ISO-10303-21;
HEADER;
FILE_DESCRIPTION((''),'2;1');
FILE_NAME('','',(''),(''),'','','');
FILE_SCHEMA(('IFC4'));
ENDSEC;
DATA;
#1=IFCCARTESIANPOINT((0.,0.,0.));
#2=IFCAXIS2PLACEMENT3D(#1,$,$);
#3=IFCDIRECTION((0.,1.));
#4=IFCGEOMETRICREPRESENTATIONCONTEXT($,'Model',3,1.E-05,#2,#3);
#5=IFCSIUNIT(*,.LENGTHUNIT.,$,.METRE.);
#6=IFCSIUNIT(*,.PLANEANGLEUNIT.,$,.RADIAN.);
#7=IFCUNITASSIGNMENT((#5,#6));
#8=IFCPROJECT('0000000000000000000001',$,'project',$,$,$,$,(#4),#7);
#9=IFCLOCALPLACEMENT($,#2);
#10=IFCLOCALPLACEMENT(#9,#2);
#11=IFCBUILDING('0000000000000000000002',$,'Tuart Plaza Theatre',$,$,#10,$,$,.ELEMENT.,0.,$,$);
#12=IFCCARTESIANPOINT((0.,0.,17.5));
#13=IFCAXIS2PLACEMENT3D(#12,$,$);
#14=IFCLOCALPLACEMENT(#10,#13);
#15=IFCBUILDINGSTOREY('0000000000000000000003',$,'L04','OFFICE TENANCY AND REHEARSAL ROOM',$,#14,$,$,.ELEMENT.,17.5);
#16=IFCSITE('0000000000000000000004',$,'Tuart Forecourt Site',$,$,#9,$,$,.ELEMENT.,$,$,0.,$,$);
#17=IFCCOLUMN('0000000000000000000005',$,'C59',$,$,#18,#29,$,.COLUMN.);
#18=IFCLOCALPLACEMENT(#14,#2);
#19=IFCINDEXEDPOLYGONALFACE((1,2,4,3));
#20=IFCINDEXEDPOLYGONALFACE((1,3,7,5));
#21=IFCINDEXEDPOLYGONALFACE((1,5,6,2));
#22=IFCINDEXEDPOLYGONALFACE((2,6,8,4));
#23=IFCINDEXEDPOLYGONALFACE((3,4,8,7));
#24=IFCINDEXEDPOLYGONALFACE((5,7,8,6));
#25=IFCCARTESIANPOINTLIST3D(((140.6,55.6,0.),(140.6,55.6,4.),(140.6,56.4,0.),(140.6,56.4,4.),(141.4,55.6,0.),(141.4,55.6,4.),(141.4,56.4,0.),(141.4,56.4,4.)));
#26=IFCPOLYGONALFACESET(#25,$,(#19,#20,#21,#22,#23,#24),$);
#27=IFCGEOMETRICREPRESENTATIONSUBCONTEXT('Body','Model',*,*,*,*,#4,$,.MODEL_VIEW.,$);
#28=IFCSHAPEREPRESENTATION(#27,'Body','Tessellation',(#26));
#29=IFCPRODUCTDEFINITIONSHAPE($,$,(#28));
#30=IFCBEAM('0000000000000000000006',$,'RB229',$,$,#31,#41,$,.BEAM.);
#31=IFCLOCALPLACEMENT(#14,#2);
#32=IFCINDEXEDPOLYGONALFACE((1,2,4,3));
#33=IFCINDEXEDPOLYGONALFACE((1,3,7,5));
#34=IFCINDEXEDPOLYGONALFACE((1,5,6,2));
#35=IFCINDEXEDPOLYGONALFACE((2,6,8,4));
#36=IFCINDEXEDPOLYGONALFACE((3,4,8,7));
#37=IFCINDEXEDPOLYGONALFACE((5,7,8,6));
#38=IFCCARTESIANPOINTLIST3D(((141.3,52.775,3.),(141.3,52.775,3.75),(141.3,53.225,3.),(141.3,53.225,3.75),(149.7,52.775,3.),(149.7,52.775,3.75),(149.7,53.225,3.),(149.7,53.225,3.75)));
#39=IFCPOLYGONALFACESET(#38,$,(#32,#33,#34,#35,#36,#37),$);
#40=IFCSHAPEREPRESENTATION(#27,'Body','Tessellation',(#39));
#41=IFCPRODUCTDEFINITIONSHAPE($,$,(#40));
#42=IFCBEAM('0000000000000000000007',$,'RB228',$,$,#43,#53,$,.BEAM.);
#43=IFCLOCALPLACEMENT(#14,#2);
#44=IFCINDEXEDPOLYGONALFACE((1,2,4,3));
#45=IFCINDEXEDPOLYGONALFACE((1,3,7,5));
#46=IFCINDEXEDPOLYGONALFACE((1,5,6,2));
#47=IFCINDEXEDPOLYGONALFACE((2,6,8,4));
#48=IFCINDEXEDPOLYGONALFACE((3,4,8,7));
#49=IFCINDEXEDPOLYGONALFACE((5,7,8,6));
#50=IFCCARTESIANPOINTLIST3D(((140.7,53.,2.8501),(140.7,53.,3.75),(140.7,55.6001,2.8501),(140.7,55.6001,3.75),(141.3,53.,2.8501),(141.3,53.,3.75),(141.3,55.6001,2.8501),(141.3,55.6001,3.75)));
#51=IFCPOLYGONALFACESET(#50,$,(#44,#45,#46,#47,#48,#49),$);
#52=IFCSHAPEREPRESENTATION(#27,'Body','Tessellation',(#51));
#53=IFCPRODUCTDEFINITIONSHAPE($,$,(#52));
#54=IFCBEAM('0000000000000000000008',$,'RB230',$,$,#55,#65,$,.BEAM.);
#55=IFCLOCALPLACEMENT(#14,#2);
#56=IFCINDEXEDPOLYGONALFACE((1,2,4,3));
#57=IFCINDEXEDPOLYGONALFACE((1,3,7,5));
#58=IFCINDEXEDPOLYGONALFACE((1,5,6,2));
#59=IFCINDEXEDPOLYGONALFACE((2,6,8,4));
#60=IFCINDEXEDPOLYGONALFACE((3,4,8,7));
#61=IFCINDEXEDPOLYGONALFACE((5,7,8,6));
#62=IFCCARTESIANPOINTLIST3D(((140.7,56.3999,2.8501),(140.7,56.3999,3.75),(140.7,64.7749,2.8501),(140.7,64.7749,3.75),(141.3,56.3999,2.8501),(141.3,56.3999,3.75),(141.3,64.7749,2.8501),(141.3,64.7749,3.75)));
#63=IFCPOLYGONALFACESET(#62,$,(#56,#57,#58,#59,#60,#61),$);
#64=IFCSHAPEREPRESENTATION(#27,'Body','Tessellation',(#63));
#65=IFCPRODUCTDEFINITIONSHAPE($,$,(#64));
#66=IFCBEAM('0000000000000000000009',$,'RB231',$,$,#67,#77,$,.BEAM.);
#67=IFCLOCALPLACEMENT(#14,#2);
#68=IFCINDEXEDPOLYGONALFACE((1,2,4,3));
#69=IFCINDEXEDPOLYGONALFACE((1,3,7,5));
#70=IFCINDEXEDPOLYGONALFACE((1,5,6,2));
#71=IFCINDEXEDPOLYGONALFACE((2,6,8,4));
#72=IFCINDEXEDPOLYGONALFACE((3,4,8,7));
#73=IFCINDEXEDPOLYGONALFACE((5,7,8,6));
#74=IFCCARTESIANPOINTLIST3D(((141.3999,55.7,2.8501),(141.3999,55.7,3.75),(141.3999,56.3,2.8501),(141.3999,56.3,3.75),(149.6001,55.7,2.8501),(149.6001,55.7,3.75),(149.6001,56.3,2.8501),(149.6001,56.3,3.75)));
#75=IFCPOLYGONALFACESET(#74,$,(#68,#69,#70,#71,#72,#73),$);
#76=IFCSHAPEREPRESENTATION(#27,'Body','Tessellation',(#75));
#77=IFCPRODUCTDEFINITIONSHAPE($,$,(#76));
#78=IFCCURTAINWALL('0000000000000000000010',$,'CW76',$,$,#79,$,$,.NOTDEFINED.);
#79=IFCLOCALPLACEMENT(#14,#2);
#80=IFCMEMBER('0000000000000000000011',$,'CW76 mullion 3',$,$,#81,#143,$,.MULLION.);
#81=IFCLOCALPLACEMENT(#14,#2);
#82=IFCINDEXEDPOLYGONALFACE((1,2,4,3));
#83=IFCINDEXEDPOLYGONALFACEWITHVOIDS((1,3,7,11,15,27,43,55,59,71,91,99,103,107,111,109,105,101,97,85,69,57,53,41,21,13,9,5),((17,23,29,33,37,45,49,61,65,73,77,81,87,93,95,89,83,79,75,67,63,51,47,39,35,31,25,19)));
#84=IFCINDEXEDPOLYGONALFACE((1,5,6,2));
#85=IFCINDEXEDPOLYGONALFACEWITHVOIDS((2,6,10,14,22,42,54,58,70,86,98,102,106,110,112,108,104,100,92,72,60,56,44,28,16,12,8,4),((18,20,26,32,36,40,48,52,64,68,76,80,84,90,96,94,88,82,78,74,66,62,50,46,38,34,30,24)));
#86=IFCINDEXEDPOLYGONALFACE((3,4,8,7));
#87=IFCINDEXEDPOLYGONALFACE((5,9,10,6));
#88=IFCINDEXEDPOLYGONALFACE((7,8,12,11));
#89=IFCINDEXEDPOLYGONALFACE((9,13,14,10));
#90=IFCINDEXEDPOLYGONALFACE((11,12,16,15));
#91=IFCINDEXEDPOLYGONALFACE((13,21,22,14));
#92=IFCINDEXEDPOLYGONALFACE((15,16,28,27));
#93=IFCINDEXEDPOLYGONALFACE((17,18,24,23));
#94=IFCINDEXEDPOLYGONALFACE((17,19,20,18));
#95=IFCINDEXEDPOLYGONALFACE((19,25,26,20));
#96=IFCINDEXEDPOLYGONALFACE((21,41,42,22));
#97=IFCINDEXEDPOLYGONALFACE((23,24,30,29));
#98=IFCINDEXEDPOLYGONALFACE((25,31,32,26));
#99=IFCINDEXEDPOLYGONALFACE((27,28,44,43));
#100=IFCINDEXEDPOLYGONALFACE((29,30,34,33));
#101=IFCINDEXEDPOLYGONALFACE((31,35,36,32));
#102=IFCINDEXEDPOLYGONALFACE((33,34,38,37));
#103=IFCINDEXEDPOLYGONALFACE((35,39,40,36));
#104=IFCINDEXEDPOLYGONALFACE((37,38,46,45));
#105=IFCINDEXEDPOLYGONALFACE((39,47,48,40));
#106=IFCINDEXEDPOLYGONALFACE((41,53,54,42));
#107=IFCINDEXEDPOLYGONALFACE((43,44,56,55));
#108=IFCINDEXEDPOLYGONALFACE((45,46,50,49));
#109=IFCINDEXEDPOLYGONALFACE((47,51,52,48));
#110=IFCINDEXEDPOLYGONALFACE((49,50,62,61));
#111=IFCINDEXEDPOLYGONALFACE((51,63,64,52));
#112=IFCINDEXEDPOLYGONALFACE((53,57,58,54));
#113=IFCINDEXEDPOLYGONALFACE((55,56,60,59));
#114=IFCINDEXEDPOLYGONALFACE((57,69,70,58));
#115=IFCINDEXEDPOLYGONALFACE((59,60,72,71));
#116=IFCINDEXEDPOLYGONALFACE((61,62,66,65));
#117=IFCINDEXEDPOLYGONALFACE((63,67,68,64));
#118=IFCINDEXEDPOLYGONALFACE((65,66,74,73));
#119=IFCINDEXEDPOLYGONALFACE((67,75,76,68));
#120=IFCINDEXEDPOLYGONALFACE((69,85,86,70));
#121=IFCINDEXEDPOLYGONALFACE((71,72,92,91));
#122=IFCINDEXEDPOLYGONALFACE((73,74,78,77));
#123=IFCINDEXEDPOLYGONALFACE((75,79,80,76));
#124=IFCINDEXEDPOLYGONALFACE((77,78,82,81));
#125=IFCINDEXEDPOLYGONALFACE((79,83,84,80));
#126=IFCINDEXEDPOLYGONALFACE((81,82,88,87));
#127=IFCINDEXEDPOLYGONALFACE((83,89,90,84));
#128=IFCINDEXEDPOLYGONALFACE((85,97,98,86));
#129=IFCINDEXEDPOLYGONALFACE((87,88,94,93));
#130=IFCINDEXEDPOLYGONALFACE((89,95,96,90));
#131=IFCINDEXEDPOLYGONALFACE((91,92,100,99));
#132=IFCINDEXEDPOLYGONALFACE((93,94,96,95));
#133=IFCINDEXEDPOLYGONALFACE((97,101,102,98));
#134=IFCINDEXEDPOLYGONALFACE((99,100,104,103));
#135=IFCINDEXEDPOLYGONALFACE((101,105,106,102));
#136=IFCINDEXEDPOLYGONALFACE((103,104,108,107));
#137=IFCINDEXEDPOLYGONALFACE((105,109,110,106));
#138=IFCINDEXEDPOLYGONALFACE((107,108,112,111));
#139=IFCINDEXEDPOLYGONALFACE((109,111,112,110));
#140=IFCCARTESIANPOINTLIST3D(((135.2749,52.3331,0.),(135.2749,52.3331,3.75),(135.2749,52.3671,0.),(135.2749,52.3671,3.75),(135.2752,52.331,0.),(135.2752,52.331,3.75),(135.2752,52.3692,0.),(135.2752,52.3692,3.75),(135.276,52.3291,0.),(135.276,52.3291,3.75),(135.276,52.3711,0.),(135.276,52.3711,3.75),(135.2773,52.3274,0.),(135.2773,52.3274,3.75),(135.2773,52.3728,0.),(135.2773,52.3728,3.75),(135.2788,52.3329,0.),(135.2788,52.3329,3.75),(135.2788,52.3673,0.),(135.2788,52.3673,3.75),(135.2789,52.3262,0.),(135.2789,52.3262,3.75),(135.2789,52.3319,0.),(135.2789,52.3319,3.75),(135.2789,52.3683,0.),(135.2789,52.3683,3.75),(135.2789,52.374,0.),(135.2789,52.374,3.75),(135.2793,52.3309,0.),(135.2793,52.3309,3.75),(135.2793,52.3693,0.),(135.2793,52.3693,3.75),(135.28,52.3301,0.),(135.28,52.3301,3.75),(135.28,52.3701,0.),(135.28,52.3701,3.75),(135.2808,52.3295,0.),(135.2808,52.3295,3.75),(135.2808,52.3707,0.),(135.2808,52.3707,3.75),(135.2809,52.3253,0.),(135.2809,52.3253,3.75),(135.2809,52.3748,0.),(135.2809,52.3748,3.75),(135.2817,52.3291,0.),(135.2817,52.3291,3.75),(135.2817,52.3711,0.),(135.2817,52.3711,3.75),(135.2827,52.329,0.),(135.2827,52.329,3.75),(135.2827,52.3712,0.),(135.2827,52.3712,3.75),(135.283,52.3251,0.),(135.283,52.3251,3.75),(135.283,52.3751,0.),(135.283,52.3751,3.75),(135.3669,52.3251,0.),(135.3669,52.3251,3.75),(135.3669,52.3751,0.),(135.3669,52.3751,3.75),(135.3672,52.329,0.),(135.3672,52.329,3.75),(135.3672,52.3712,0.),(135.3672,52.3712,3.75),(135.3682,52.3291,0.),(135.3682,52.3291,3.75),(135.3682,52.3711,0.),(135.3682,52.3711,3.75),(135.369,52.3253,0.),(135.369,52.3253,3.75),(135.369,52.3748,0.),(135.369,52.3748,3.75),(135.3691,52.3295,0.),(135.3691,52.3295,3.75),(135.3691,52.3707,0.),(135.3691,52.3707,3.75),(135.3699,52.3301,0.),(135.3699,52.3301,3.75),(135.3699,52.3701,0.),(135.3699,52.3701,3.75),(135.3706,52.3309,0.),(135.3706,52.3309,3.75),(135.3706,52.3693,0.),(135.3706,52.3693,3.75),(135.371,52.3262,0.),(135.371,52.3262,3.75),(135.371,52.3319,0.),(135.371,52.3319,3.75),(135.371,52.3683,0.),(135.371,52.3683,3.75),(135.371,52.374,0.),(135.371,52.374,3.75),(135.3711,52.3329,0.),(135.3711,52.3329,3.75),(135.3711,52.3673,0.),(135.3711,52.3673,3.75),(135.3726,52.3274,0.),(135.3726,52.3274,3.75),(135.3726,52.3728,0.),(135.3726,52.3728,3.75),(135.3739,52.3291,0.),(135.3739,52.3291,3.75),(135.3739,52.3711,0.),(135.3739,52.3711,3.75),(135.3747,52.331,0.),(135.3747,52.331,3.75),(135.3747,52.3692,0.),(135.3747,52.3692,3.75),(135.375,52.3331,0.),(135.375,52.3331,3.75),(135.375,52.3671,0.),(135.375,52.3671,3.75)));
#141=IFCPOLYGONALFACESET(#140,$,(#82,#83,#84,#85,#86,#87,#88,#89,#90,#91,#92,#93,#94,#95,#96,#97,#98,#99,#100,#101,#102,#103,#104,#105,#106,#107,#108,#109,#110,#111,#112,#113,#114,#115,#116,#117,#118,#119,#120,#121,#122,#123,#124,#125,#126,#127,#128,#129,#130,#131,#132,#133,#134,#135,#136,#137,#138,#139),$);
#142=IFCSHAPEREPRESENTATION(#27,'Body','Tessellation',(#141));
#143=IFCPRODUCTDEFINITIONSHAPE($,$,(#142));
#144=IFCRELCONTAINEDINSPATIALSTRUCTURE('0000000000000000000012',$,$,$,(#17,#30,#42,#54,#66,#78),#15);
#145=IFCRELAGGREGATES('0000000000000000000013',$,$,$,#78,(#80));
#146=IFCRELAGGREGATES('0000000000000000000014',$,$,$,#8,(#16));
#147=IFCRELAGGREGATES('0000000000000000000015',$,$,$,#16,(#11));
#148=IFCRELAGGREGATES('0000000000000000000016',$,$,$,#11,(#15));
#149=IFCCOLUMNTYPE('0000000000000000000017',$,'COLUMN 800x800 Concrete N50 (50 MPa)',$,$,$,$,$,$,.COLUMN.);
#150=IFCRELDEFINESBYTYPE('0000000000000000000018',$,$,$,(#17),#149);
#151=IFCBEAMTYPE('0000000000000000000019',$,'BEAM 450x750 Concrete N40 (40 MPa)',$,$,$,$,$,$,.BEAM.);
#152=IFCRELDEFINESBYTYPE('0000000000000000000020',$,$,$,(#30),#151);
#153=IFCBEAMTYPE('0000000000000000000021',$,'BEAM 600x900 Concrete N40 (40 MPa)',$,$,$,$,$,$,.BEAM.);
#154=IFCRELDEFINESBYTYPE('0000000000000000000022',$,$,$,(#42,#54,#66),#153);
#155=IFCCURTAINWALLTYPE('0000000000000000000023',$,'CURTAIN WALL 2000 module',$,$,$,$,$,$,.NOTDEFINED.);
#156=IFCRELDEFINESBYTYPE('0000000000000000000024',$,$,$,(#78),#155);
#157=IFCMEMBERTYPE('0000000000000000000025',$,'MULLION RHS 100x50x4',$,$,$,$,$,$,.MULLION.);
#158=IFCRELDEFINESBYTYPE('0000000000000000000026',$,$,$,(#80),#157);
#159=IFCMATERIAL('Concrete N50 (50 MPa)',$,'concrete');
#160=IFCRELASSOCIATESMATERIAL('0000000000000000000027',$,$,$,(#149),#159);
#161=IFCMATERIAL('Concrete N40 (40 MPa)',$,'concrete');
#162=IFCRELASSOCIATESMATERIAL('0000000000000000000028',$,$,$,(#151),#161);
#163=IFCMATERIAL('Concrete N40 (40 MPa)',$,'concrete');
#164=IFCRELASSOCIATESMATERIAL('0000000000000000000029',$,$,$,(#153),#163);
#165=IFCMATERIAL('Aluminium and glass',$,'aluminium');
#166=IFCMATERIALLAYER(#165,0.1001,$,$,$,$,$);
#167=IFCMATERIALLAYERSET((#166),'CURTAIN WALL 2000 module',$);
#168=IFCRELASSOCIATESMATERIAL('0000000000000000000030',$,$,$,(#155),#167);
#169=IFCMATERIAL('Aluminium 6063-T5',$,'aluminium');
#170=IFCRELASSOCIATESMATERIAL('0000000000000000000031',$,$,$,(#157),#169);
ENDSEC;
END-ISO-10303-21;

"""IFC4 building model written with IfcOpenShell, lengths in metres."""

from ifc_helpers import new_model, si_unit, direction, frame, origin, origin_2d, place, context, subcontext, project, spatial, rectangle, hollow_rectangle, extrude, material, layer, layer_set, material_profile, profile_set, type_object, element, aggregate, save


model = new_model("IFC4")

# Units and contexts
model_context = context("Model", 3, precision=1e-05, world=origin(), true_north=direction((0.0, 1.0)))
body_context = subcontext(model_context, "Body", "Model", "MODEL_VIEW")
ifc_project = project(units=[si_unit("LENGTHUNIT", "METRE"), si_unit("PLANEANGLEUNIT", "RADIAN")], contexts=[model_context])

# Site, building, storey
site_placement = place(None, origin())
site = spatial("IfcSite", under=ifc_project, at=site_placement, Name="Tuart Forecourt Site", CompositionType="ELEMENT", RefElevation=0.0)
building_placement = place(site_placement, origin())
building = spatial("IfcBuilding", under=site, at=building_placement, Name="Tuart Plaza Theatre", CompositionType="ELEMENT", ElevationOfRefHeight=0.0)
storey_placement = place(building_placement, frame((0.0, 0.0, 17.5)))
storey = spatial("IfcBuildingStorey", under=building, at=storey_placement, Name="L04", Description="OFFICE TENANCY AND REHEARSAL ROOM", CompositionType="ELEMENT", Elevation=17.5)

# Column
ifc_material_1 = material(Name="Concrete N50 (50 MPa)", Category="concrete")
ifc_material_profile_1 = material_profile(ifc_material_1, rectangle(XDim=0.8, YDim=0.8, at=origin_2d()), Name="COLUMN 800x800 Concrete N50 (50 MPa)")
ifc_profile_set_1 = profile_set([ifc_material_profile_1], Name="Concrete N50 (50 MPa)")
column_type = type_object("IfcColumnType", Name="COLUMN 800x800 Concrete N50 (50 MPa)", PredefinedType="COLUMN", material=ifc_profile_set_1)
column_placement = place(storey_placement, frame((141.0, 56.0, 0.0), z_axis=(0.0, 0.0, 1.0), x_axis=(1.0, 0.0, 0.0)))
element("IfcColumn", 1, at=column_placement, inside=storey, type_object=column_type, Name="C59", PredefinedType="COLUMN", context=body_context, shape_type="SweptSolid", body=[
    extrude(rectangle(XDim=0.8, YDim=0.8, at=origin_2d()), origin(), (0.0, 0.0, 1.0), 4.0),
])

# Beams
ifc_material_2 = material(Name="Concrete N40 (40 MPa)", Category="concrete")
ifc_material_profile_2 = material_profile(ifc_material_2, rectangle(XDim=0.45, YDim=0.75, at=origin_2d()), Name="BEAM 450x750 Concrete N40 (40 MPa)")
ifc_profile_set_2 = profile_set([ifc_material_profile_2], Name="Concrete N40 (40 MPa)")
beam_type_1 = type_object("IfcBeamType", Name="BEAM 450x750 Concrete N40 (40 MPa)", PredefinedType="BEAM", material=ifc_profile_set_2)
beam_1_placement = place(storey_placement, frame((141.3, 53.0, 3.375), z_axis=(1.0, 0.0, 0.0), x_axis=(0.0, 1.0, 0.0)))
element("IfcBeam", 2, at=beam_1_placement, inside=storey, type_object=beam_type_1, Name="RB229", PredefinedType="BEAM", context=body_context, shape_type="SweptSolid", body=[
    extrude(rectangle(XDim=0.45, YDim=0.75, at=origin_2d()), origin(), (0.0, 0.0, 1.0), 8.3999),
])
ifc_material_3 = material(Name="Concrete N40 (40 MPa)", Category="concrete")
ifc_material_profile_3 = material_profile(ifc_material_3, rectangle(XDim=0.6001, YDim=0.8999, at=origin_2d()), Name="BEAM 600x900 Concrete N40 (40 MPa)")
ifc_profile_set_3 = profile_set([ifc_material_profile_3], Name="Concrete N40 (40 MPa)")
beam_type_2 = type_object("IfcBeamType", Name="BEAM 600x900 Concrete N40 (40 MPa)", PredefinedType="BEAM", material=ifc_profile_set_3)
beam_2_placement = place(storey_placement, frame((141.0, 53.0, 3.3), z_axis=(0.0, 1.0, 0.0), x_axis=(-1.0, 0.0, 0.0)))
element("IfcBeam", 3, at=beam_2_placement, inside=storey, type_object=beam_type_2, Name="RB228", PredefinedType="BEAM", context=body_context, shape_type="SweptSolid", body=[
    extrude(rectangle(XDim=0.6001, YDim=0.8999, at=origin_2d()), origin(), (0.0, 0.0, 1.0), 2.6001),
])
beam_3_placement = place(storey_placement, frame((141.0, 56.3999, 3.3), z_axis=(0.0, 1.0, 0.0), x_axis=(-1.0, 0.0, 0.0)))
element("IfcBeam", 4, at=beam_3_placement, inside=storey, type_object=beam_type_2, Name="RB230", PredefinedType="BEAM", context=body_context, shape_type="SweptSolid", body=[
    extrude(rectangle(XDim=0.6001, YDim=0.8999, at=origin_2d()), origin(), (0.0, 0.0, 1.0), 8.375),
])
beam_4_placement = place(storey_placement, frame((141.3999, 56.0, 3.3), z_axis=(1.0, 0.0, 0.0), x_axis=(0.0, 1.0, 0.0)))
element("IfcBeam", 5, at=beam_4_placement, inside=storey, type_object=beam_type_2, Name="RB231", PredefinedType="BEAM", context=body_context, shape_type="SweptSolid", body=[
    extrude(rectangle(XDim=0.6001, YDim=0.8999, at=origin_2d()), origin(), (0.0, 0.0, 1.0), 8.2002),
])

# Curtain wall, member
ifc_material_4 = material(Name="Aluminium and glass", Category="aluminium")
ifc_layer_1 = layer(ifc_material_4, 0.1001)
ifc_layer_set_1 = layer_set([ifc_layer_1], Name="CURTAIN WALL 2000 module")
curtain_wall_type = type_object("IfcCurtainWallType", Name="CURTAIN WALL 2000 module", PredefinedType="NOTDEFINED", material=ifc_layer_set_1)
curtain_wall_1_placement = place(storey_placement, origin())
curtain_wall_1 = element("IfcCurtainWall", 6, at=curtain_wall_1_placement, inside=storey, type_object=curtain_wall_type, Name="CW76", PredefinedType="NOTDEFINED")
ifc_material_5 = material(Name="Aluminium 6063-T5", Category="aluminium")
ifc_material_profile_4 = material_profile(ifc_material_5, hollow_rectangle(XDim=0.05, YDim=0.1001, WallThickness=0.0039, InnerFilletRadius=0.0039, OuterFilletRadius=0.0081, at=origin_2d()), Name="RHS 100x50x4")
ifc_profile_set_4 = profile_set([ifc_material_profile_4], Name="Aluminium 6063-T5")
member_type_1 = type_object("IfcMemberType", Name="MULLION RHS 100x50x4", PredefinedType="MULLION", material=ifc_profile_set_4)
member_1_placement = place(storey_placement, frame((135.325, 52.3501, 0.0), z_axis=(0.0, 0.0, 1.0), x_axis=(0.0, 1.0, 0.0)))
member_1 = element("IfcMember", 7, at=member_1_placement, type_object=member_type_1, Name="CW76 mullion 3", PredefinedType="MULLION", context=body_context, shape_type="SweptSolid", body=[
    extrude(hollow_rectangle(XDim=0.05, YDim=0.1001, WallThickness=0.0039, InnerFilletRadius=0.0039, OuterFilletRadius=0.0081, at=origin_2d()), origin(), (0.0, 0.0, 1.0), 3.75),
])

aggregate(curtain_wall_1, [member_1])

save(model, "model.ifc")
